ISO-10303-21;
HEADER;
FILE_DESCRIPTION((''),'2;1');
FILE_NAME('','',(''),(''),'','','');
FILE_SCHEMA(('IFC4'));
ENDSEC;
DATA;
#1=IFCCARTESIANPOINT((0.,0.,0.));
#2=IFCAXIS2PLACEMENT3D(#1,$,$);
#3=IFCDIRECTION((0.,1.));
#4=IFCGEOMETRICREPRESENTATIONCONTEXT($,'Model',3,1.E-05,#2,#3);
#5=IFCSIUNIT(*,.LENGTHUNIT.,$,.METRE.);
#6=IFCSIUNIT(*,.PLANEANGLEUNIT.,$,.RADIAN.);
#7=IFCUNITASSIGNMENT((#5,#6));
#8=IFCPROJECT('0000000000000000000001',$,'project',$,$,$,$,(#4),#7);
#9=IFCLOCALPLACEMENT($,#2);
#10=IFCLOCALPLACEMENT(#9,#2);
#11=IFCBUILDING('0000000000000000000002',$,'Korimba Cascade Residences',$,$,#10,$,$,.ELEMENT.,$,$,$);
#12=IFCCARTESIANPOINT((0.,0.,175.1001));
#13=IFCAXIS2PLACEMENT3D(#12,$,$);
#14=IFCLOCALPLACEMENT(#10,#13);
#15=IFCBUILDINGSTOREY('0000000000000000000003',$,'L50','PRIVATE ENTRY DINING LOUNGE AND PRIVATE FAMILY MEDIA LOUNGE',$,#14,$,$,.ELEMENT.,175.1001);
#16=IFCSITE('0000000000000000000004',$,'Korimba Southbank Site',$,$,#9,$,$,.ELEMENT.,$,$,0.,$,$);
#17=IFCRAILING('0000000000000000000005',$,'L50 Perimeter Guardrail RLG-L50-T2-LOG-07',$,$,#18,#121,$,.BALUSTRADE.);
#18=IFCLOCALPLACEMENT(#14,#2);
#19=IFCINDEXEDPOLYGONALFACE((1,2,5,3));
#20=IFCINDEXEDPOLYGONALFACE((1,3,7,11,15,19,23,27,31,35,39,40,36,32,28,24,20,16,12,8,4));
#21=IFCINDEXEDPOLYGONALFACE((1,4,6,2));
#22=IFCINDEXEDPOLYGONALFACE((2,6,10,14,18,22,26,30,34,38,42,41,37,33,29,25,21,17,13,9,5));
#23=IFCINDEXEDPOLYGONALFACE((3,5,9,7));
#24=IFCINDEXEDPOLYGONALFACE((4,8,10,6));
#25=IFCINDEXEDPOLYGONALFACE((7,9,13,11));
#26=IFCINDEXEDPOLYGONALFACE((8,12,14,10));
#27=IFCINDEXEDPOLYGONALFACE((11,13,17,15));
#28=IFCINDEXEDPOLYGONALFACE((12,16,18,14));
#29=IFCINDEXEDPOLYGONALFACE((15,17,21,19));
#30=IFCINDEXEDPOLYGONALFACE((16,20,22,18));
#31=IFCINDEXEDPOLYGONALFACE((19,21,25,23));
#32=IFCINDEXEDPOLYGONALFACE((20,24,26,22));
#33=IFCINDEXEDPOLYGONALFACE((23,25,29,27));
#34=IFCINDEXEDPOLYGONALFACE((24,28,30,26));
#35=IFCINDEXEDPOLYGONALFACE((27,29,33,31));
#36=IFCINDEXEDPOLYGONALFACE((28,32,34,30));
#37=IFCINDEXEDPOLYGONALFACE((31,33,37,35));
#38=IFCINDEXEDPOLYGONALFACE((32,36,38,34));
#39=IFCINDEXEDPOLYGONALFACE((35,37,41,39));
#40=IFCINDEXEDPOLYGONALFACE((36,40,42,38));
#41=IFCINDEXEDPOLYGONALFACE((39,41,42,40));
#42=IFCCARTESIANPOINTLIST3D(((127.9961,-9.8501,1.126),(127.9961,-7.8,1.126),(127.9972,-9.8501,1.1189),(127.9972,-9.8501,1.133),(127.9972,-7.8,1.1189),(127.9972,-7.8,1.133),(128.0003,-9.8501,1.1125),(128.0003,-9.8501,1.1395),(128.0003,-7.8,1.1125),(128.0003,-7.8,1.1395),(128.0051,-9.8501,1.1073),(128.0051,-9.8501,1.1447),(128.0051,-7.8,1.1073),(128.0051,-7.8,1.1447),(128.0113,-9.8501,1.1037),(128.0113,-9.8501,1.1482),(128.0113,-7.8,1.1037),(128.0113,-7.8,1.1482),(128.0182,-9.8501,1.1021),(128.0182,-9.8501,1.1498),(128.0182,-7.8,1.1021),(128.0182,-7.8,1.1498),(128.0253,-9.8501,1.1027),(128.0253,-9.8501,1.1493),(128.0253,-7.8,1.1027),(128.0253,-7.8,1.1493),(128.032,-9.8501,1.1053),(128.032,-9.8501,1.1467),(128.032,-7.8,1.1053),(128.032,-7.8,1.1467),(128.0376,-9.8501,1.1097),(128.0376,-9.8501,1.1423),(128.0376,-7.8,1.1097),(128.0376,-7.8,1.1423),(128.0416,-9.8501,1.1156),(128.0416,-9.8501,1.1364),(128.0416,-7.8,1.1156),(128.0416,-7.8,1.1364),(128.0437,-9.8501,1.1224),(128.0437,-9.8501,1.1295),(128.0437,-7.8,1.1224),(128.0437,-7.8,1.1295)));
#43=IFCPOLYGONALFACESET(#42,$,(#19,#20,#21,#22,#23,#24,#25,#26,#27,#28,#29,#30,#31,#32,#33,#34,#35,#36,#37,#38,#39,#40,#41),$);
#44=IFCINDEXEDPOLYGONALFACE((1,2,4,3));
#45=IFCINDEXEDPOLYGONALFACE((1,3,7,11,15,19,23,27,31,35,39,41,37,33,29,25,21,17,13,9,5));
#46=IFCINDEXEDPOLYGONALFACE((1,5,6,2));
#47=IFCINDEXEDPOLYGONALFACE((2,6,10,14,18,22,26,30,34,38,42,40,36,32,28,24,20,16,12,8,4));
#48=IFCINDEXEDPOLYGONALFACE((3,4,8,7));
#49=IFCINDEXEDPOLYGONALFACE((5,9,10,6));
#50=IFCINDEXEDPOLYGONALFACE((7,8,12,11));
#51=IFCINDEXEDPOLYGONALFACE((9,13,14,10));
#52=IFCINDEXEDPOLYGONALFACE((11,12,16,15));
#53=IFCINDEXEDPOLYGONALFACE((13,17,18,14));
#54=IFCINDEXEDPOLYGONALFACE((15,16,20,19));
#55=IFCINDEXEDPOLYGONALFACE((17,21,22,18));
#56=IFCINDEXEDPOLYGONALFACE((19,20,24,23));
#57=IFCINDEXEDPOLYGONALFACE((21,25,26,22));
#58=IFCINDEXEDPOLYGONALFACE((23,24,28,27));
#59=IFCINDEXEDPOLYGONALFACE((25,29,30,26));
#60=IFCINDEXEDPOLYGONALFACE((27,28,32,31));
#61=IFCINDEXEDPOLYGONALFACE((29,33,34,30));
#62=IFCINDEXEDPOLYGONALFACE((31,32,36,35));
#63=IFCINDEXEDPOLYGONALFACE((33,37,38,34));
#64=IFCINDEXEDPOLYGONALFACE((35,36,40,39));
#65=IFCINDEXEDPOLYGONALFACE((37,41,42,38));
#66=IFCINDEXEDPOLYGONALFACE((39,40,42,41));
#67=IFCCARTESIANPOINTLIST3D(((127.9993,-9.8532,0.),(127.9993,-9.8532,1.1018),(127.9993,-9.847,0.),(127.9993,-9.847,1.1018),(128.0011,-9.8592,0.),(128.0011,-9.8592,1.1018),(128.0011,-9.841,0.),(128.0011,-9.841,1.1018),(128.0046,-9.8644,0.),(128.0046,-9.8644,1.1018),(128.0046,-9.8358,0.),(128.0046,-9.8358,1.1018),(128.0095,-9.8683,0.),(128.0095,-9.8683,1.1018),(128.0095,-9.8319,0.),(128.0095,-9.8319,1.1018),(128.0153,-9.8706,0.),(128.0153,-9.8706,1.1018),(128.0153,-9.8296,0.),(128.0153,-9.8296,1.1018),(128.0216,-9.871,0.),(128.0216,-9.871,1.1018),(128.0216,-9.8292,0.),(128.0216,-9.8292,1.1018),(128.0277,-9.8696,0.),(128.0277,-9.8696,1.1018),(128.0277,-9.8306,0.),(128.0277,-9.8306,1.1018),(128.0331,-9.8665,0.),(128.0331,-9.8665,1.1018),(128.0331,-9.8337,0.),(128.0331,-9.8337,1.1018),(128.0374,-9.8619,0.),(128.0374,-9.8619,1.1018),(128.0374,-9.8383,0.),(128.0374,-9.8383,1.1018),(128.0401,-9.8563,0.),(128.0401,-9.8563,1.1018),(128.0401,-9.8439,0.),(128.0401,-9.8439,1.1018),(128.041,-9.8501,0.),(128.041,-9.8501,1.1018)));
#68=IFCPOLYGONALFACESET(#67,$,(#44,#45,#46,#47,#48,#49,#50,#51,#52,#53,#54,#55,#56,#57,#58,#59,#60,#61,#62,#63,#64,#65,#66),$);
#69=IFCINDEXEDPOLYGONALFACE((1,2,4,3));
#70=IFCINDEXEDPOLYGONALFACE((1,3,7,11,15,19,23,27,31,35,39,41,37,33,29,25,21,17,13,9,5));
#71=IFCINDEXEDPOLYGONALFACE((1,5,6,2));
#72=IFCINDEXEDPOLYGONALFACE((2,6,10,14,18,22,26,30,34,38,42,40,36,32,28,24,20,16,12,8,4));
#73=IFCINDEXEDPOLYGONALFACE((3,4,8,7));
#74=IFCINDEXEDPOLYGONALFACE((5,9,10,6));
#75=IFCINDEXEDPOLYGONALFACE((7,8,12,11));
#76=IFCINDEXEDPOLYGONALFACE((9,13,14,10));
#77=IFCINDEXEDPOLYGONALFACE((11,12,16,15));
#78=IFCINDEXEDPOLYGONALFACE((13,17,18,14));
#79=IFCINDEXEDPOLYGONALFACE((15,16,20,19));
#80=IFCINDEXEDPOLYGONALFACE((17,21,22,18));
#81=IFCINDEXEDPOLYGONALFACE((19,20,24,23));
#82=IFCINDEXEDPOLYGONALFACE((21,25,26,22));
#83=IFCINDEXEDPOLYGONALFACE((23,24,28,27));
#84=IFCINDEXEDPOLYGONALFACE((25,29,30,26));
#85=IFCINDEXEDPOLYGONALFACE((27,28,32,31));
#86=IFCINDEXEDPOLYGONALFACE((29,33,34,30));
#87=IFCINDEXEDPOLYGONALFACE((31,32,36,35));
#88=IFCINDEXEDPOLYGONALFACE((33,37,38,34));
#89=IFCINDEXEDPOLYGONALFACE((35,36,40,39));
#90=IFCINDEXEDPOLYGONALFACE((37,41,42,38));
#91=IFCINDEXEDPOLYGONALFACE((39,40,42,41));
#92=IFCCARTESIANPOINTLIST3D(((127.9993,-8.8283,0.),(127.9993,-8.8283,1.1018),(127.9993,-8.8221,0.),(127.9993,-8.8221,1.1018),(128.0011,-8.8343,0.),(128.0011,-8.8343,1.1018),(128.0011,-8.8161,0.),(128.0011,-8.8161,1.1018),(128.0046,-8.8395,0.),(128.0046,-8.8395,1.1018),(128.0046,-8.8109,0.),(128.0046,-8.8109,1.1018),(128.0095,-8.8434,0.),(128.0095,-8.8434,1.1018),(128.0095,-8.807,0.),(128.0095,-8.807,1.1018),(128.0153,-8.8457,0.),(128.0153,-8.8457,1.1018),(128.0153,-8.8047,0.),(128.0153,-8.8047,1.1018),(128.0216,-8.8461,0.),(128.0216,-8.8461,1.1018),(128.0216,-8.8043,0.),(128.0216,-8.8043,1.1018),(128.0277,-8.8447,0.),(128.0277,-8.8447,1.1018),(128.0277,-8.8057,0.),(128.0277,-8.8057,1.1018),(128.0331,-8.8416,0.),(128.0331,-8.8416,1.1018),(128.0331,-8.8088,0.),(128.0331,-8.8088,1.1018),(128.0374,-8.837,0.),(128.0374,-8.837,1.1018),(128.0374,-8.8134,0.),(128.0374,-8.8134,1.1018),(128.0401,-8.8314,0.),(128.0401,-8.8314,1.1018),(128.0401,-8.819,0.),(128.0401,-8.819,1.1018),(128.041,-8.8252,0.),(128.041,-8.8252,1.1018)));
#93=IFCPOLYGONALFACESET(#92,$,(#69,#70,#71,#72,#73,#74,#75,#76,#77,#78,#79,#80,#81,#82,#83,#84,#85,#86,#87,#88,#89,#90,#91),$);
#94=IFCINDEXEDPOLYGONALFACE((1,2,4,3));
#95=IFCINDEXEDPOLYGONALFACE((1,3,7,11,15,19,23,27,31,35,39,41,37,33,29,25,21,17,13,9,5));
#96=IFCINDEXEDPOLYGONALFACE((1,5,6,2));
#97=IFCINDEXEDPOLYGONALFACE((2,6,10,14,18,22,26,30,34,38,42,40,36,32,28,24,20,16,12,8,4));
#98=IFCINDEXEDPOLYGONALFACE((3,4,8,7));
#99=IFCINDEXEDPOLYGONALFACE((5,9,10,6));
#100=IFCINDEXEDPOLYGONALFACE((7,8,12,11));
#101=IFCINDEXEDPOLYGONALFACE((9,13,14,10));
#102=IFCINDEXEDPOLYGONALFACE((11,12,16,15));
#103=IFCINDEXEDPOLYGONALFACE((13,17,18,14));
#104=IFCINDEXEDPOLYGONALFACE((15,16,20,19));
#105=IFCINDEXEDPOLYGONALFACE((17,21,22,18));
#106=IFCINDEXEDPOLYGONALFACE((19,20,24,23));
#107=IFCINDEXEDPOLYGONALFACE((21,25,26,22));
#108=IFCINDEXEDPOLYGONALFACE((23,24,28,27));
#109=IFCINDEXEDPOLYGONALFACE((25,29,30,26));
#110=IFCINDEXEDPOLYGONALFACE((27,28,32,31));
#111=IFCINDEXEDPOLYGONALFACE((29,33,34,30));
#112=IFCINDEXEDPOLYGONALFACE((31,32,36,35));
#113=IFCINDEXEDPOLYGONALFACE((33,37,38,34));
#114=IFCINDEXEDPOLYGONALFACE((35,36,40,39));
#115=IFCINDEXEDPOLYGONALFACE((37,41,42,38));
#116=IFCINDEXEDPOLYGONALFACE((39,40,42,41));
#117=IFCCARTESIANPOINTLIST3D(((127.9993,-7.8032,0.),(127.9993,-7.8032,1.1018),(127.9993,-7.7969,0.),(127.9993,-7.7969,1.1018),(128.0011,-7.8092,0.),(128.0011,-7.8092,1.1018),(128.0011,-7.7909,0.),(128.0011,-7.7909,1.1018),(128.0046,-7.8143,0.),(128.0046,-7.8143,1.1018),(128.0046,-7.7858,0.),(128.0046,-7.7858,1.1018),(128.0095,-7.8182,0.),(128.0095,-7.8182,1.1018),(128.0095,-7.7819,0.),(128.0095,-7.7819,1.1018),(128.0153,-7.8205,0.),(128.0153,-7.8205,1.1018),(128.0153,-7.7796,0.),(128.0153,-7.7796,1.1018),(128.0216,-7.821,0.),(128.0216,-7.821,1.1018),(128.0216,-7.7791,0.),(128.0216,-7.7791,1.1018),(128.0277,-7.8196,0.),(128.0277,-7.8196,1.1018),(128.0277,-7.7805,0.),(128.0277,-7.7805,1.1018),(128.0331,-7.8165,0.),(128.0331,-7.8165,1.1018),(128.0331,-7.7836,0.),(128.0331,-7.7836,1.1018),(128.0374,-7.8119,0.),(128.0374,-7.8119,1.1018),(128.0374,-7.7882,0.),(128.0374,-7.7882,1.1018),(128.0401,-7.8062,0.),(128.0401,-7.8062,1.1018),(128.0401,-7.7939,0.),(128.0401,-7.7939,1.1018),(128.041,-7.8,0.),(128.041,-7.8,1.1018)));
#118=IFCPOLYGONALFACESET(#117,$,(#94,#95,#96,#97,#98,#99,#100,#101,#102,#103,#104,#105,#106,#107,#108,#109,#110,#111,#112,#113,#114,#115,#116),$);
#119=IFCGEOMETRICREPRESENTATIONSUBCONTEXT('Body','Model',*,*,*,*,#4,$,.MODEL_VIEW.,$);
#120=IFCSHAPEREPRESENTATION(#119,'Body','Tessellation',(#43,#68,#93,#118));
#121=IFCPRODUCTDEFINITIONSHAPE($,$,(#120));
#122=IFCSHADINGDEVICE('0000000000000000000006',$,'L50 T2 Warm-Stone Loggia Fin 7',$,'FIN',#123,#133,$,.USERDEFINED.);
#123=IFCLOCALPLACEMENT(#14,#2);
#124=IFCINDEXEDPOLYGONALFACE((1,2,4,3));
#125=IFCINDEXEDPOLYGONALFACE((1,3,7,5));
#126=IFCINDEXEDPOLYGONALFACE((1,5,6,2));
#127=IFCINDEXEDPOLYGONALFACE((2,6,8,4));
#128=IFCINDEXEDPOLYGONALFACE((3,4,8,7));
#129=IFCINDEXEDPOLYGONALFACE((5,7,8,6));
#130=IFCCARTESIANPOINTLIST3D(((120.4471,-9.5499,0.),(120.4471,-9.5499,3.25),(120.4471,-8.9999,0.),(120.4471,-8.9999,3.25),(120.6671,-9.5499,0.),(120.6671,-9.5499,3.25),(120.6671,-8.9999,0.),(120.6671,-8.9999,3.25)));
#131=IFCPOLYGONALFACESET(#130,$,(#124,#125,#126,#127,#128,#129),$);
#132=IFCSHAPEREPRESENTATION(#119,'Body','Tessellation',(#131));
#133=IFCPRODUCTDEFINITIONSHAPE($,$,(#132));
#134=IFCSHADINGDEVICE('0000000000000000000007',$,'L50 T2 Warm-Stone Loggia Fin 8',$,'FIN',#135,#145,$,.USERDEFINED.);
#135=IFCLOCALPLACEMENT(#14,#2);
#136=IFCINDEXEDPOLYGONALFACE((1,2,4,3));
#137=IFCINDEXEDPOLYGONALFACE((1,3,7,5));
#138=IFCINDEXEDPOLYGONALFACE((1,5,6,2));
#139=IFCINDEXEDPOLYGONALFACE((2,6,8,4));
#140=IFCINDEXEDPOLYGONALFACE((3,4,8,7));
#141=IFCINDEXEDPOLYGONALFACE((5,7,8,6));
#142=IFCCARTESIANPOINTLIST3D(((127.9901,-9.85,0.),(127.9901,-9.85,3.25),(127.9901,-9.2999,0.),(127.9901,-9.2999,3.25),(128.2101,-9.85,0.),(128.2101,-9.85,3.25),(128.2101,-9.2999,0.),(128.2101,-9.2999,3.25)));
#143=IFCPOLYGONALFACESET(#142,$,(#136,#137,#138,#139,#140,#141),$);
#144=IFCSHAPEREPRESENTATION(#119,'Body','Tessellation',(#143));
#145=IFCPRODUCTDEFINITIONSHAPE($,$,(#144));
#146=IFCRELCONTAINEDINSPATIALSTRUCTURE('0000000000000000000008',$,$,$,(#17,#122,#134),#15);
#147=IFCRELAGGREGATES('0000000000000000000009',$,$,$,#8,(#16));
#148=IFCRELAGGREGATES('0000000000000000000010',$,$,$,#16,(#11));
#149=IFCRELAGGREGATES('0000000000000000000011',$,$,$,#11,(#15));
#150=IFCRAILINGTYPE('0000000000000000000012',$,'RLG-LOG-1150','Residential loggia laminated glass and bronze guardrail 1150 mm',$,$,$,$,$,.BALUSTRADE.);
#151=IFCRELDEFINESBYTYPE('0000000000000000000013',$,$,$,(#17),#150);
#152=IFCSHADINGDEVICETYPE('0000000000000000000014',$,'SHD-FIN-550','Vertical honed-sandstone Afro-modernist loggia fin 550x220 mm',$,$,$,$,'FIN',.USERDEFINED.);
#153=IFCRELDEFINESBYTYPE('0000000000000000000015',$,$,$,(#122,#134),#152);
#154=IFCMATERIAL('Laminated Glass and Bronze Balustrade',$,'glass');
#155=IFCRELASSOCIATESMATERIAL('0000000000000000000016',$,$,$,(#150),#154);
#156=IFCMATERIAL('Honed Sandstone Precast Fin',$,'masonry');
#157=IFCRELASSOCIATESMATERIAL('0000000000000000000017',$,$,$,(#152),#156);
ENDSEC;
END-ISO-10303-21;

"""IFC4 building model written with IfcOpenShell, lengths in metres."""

from ifc_helpers import new_model, si_unit, direction, frame, origin, origin_2d, place, context, subcontext, project, spatial, rectangle, circle, extrude, material, type_object, element, save


model = new_model("IFC4")

# Units and contexts
model_context = context("Model", 3, precision=1e-05, world=origin(), true_north=direction((0.0, 1.0)))
body_context = subcontext(model_context, "Body", "Model", "MODEL_VIEW")
ifc_project = project(units=[si_unit("LENGTHUNIT", "METRE"), si_unit("PLANEANGLEUNIT", "RADIAN")], contexts=[model_context])

# Site, building, storey
site_placement = place(None, origin())
site = spatial("IfcSite", under=ifc_project, at=site_placement, Name="Korimba Southbank Site", CompositionType="ELEMENT", RefElevation=0.0)
building_placement = place(site_placement, origin())
building = spatial("IfcBuilding", under=site, at=building_placement, Name="Korimba Cascade Residences", CompositionType="ELEMENT")
storey_placement = place(building_placement, frame((0.0, 0.0, 175.1001)))
storey = spatial("IfcBuildingStorey", under=building, at=storey_placement, Name="L50", Description="PRIVATE ENTRY DINING LOUNGE AND PRIVATE FAMILY MEDIA LOUNGE", CompositionType="ELEMENT", Elevation=175.1001)

# Railing
ifc_material_1 = material(Name="Laminated Glass and Bronze Balustrade", Category="glass")
railing_type = type_object("IfcRailingType", Name="RLG-LOG-1150", Description="Residential loggia laminated glass and bronze guardrail 1150 mm", PredefinedType="BALUSTRADE", material=ifc_material_1)
railing_1_placement = place(storey_placement, frame((128.02, -9.8501, 0.0)))
element("IfcRailing", 1, at=railing_1_placement, inside=storey, type_object=railing_type, Name="L50 Perimeter Guardrail RLG-L50-T2-LOG-07", PredefinedType="BALUSTRADE", context=body_context, shape_type="SweptSolid", body=[
    extrude(circle(Radius=0.0239, at=origin_2d()), frame((0.0, 0.0, 1.126), z_axis=(0.0, 1.0, 0.0), x_axis=(-1.0, 0.0, 0.0)), (0.0, 0.0, 1.0), 2.05),
    extrude(circle(Radius=0.021, at=origin_2d()), origin(), (0.0, 0.0, 1.0), 1.1018),
    extrude(circle(Radius=0.021, at=origin_2d()), frame((0.0, 1.0249, 0.0)), (0.0, 0.0, 1.0), 1.1018),
    extrude(circle(Radius=0.021, at=origin_2d()), frame((0.0, 2.05, 0.0)), (0.0, 0.0, 1.0), 1.1018),
])

# Shading devices
ifc_material_2 = material(Name="Honed Sandstone Precast Fin", Category="masonry")
shading_device_type = type_object("IfcShadingDeviceType", Name="SHD-FIN-550", Description="Vertical honed-sandstone Afro-modernist loggia fin 550x220 mm", ElementType="FIN", PredefinedType="USERDEFINED", material=ifc_material_2)
for number, where, z_axis, x_axis, name in (
    (2, (120.5571, -9.2749, 0.0), (0.0, 0.0, 1.0), (1.0, 0.0, 0.0), "L50 T2 Warm-Stone Loggia Fin 7"),
    (3, (128.1001, -9.575, 0.0), (0.0, 0.0, 1.0), (1.0, 0.0, 0.0), "L50 T2 Warm-Stone Loggia Fin 8"),
):
    element("IfcShadingDevice", number, at=place(storey_placement, frame(where, z_axis=z_axis, x_axis=x_axis)), inside=storey, type_object=shading_device_type, Name=name, ObjectType="FIN", PredefinedType="USERDEFINED", context=body_context, shape_type="SweptSolid", body=[
        extrude(rectangle(XDim=0.22, YDim=0.55, at=origin_2d()), origin(), (0.0, 0.0, 1.0), 3.25),
    ])

save(model, "model.ifc")
